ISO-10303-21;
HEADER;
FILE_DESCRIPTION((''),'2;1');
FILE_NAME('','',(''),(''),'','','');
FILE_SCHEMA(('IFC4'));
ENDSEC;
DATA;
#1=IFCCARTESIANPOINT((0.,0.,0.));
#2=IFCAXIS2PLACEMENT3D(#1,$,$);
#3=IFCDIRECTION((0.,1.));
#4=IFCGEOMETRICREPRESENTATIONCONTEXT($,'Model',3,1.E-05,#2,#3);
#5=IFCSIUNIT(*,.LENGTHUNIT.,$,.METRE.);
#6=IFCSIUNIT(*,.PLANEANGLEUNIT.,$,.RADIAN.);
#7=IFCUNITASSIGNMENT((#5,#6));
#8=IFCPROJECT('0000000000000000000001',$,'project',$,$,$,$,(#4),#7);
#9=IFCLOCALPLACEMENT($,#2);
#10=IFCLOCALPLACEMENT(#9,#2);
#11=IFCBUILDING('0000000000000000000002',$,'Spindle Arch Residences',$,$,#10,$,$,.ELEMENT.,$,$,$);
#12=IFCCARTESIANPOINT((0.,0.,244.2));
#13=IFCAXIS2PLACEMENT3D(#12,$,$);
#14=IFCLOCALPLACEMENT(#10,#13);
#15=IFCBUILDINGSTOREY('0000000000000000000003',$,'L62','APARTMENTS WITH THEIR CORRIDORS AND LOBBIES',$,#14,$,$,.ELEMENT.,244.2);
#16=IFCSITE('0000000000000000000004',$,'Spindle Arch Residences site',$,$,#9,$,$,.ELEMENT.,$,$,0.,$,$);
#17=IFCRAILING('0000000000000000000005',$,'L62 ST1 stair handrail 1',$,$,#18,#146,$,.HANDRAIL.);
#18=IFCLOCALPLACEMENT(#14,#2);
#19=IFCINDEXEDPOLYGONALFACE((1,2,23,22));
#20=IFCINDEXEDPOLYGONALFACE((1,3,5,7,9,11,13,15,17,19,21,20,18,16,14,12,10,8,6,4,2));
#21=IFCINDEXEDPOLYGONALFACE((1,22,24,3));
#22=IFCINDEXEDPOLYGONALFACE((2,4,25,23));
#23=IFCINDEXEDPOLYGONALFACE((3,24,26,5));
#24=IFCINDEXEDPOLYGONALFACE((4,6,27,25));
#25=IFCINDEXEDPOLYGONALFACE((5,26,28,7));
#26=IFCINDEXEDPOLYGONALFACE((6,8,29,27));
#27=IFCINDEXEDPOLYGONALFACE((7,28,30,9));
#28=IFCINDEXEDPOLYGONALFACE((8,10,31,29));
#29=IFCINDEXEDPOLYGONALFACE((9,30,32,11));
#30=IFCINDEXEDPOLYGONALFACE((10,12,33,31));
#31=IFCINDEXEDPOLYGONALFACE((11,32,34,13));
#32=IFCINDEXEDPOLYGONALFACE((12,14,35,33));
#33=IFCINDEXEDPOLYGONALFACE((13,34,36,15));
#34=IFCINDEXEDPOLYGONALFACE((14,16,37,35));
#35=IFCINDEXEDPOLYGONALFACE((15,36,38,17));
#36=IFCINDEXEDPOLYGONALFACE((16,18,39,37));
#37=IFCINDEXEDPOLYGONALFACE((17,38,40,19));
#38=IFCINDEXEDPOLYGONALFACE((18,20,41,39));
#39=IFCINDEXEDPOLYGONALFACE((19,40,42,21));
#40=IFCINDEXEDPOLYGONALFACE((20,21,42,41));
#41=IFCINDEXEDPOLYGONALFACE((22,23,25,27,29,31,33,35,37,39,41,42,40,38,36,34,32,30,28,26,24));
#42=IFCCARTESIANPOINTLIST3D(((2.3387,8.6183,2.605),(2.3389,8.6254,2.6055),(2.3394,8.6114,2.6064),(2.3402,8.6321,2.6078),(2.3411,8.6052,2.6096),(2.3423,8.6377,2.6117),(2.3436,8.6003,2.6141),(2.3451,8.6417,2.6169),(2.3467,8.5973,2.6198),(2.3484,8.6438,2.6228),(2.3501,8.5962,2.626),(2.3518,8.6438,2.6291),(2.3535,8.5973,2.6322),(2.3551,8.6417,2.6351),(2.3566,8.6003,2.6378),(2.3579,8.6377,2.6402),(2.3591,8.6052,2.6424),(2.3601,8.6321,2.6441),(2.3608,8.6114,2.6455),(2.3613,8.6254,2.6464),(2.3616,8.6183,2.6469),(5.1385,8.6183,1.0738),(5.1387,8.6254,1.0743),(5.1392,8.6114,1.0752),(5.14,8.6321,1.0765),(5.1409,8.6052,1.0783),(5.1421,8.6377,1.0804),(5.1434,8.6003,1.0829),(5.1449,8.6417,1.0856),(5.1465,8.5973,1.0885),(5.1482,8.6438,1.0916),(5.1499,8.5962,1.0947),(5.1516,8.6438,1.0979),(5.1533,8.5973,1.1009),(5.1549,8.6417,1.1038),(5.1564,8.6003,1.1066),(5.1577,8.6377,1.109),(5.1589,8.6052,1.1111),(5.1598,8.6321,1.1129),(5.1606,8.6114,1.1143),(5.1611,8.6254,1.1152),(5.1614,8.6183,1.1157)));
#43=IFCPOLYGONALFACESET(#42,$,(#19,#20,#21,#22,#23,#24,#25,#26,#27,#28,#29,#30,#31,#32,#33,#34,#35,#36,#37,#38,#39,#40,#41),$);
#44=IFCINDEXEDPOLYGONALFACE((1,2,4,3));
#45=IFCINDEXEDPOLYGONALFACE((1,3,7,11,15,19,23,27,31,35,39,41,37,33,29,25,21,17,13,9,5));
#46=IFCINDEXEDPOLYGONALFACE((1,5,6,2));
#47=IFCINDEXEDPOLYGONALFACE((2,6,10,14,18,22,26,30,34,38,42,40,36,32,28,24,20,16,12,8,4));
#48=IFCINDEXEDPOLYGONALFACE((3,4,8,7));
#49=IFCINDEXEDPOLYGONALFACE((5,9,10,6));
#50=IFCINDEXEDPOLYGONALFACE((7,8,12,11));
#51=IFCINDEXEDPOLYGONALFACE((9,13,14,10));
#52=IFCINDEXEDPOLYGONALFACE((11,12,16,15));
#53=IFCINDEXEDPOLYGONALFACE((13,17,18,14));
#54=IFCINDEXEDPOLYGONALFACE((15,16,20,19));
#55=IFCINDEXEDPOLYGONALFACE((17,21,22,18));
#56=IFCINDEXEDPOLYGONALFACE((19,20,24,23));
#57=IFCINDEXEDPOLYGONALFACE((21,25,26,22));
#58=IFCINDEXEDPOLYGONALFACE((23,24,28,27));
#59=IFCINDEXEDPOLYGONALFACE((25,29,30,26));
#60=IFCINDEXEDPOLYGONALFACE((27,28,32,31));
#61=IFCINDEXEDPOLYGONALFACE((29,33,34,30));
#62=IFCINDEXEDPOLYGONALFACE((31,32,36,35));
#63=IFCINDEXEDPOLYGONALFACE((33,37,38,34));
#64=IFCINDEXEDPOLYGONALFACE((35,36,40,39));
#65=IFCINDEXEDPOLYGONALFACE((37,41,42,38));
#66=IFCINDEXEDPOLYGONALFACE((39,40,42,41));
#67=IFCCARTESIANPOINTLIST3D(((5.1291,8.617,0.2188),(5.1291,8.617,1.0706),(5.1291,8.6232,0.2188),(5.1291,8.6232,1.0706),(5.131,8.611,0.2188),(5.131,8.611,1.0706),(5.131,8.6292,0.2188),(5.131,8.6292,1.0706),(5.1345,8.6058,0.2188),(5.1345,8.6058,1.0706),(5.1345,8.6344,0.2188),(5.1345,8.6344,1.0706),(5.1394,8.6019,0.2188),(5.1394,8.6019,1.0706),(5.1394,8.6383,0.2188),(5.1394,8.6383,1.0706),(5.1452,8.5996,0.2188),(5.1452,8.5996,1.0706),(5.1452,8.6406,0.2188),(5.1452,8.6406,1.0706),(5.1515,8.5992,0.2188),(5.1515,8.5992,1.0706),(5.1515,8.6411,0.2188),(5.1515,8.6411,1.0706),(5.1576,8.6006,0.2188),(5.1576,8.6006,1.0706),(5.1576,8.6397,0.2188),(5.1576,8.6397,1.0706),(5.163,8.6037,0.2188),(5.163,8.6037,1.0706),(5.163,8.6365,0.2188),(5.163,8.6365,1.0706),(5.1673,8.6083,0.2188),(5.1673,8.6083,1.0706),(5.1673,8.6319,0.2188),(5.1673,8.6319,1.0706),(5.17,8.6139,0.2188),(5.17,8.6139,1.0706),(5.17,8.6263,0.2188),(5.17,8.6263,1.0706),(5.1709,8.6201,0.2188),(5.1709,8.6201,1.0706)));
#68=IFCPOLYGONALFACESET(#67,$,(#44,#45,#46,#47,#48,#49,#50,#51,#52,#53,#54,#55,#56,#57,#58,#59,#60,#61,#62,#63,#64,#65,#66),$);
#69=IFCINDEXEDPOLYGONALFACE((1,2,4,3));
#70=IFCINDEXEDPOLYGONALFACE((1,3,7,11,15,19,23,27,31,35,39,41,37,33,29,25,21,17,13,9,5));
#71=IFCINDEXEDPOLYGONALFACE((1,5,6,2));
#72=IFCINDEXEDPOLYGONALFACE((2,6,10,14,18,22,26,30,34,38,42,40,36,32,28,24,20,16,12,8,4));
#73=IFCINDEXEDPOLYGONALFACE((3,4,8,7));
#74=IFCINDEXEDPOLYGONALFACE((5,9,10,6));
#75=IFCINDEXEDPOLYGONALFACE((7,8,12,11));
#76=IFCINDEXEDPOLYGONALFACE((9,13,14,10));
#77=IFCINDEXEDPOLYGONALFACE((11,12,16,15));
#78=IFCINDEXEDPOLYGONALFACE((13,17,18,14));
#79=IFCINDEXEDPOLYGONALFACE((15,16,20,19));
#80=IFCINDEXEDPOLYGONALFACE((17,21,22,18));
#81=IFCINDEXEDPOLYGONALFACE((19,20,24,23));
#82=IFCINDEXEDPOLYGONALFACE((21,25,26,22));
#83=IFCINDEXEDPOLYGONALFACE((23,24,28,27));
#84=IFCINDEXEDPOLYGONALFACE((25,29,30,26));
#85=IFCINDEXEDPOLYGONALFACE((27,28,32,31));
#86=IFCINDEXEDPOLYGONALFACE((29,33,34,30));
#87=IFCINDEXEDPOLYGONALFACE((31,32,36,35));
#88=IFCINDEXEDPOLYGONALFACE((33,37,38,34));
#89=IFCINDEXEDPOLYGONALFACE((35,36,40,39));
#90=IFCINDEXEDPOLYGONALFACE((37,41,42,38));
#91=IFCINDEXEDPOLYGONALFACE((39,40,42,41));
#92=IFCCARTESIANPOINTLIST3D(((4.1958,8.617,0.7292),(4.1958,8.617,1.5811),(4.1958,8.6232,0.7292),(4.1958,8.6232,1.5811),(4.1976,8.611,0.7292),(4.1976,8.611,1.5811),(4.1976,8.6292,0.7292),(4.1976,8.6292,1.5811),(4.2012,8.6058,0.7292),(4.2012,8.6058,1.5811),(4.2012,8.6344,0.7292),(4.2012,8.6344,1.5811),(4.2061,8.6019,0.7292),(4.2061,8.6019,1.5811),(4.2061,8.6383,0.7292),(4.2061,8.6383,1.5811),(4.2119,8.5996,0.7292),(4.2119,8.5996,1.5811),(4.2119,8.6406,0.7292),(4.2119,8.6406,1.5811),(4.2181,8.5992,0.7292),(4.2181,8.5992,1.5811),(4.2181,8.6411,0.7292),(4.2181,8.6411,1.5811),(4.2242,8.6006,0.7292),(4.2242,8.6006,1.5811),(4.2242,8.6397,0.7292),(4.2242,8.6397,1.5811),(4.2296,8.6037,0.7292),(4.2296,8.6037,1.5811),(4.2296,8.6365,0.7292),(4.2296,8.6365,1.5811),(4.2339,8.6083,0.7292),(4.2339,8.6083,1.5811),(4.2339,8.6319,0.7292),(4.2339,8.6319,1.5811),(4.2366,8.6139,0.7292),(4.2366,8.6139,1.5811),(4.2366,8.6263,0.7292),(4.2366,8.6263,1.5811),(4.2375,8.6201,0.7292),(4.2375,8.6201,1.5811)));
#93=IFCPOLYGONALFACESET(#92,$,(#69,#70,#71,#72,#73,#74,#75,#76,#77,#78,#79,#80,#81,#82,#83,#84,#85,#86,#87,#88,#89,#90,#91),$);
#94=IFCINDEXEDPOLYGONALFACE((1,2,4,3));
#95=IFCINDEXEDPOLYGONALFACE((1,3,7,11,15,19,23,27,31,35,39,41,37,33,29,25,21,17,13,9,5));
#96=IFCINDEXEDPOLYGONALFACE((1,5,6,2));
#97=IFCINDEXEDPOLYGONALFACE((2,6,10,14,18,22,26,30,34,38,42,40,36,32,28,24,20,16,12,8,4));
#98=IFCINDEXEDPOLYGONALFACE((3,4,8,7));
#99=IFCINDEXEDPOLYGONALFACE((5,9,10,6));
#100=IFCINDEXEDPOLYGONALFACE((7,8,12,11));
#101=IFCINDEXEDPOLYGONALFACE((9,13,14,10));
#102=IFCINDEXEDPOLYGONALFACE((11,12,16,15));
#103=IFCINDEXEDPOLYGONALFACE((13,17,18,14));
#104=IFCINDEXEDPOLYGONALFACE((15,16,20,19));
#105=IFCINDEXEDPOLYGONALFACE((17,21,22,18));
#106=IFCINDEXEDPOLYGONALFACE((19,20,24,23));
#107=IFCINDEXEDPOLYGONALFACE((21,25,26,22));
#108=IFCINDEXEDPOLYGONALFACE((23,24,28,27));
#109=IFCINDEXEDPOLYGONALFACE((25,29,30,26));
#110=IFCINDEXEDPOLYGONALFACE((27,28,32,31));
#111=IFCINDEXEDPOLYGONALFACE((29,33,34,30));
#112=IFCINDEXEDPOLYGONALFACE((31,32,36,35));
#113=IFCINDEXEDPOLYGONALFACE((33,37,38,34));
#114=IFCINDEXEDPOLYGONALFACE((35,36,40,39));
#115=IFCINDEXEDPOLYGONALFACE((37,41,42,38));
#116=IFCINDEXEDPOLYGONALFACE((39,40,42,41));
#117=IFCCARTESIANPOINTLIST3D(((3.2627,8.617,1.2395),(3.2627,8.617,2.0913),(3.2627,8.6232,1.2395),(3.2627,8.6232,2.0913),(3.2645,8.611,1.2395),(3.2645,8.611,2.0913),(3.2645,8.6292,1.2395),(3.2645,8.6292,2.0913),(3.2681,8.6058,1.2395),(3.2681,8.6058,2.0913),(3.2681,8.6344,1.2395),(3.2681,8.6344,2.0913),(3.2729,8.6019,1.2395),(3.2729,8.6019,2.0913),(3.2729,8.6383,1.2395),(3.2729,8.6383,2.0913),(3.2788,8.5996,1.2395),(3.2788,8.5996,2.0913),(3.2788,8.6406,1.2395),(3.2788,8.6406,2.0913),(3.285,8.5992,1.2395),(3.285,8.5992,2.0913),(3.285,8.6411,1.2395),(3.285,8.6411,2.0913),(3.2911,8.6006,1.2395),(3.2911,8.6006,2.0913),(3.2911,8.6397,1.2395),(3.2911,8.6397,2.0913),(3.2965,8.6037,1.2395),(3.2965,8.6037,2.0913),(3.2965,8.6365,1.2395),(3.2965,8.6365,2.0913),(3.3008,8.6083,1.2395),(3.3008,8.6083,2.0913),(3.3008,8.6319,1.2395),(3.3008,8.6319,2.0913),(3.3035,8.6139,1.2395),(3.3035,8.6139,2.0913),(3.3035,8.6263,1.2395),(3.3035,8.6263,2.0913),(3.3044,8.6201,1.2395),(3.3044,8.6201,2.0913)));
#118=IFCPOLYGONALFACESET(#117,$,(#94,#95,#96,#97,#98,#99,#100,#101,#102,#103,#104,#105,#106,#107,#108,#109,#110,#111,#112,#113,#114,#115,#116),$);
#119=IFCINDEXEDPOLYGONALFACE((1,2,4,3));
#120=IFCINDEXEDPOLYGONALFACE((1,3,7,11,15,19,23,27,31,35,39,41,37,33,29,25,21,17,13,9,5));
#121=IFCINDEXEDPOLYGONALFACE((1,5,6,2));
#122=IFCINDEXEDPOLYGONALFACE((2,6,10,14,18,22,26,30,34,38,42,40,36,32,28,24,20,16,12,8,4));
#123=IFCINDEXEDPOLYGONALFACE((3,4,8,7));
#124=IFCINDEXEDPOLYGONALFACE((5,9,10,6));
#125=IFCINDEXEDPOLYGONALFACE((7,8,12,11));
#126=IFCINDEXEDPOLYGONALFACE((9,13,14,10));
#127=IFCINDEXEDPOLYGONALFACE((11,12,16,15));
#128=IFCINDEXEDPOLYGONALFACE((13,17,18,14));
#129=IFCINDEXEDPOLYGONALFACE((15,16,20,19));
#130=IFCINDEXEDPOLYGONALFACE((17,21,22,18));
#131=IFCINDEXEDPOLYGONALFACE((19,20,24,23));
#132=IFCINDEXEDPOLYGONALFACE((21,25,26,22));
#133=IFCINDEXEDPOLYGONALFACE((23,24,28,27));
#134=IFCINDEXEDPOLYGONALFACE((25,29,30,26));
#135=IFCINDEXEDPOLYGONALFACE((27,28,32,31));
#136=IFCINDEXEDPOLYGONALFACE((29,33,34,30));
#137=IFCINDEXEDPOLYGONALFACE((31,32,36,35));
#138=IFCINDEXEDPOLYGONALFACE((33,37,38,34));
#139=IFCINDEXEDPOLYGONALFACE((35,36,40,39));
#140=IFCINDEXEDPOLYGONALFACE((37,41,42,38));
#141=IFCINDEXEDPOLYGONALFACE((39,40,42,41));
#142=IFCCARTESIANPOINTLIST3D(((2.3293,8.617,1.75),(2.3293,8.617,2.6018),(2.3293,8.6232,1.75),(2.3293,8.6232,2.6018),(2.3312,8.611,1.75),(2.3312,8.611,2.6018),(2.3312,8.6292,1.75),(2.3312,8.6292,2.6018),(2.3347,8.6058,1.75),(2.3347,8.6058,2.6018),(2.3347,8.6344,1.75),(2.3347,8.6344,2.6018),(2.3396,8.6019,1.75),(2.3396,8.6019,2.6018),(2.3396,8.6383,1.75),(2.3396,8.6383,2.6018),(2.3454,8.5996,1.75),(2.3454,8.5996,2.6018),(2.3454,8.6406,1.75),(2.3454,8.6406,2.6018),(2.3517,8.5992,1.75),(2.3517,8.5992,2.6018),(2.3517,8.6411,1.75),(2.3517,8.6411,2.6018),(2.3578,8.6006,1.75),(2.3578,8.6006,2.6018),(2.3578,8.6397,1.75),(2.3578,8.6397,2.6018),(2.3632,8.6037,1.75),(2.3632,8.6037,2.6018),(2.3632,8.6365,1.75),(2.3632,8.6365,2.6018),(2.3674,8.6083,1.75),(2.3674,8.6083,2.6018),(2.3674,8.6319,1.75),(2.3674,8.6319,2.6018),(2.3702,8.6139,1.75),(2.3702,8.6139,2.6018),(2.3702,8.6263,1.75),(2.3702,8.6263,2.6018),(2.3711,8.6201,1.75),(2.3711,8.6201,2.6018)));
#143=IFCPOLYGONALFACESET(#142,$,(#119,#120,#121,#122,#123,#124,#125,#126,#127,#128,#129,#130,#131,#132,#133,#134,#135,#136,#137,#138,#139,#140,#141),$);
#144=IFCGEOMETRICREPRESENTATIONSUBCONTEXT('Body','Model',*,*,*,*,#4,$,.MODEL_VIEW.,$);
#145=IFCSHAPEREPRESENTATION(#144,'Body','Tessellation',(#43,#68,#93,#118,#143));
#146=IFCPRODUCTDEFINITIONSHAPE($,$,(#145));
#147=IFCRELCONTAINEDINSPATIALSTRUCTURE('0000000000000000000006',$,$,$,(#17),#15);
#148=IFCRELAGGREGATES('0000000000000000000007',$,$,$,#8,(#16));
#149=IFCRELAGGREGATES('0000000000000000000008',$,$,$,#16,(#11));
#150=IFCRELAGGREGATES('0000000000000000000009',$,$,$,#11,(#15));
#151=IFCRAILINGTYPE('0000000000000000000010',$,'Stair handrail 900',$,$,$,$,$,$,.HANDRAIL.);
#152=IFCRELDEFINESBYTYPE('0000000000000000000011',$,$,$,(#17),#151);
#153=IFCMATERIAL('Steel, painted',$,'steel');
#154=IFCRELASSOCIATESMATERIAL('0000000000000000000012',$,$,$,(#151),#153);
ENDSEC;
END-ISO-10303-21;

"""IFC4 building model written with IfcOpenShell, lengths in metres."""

from ifc_helpers import new_model, si_unit, direction, frame, origin, origin_2d, place, context, subcontext, project, spatial, circle, extrude, material, type_object, element, save


model = new_model("IFC4")

# Units and contexts
model_context = context("Model", 3, precision=1e-05, world=origin(), true_north=direction((0.0, 1.0)))
body_context = subcontext(model_context, "Body", "Model", "MODEL_VIEW")
ifc_project = project(units=[si_unit("LENGTHUNIT", "METRE"), si_unit("PLANEANGLEUNIT", "RADIAN")], contexts=[model_context])

# Site, building, storey
site_placement = place(None, origin())
site = spatial("IfcSite", under=ifc_project, at=site_placement, Name="Spindle Arch Residences site", CompositionType="ELEMENT", RefElevation=0.0)
building_placement = place(site_placement, origin())
building = spatial("IfcBuilding", under=site, at=building_placement, Name="Spindle Arch Residences", CompositionType="ELEMENT")
storey_placement = place(building_placement, frame((0.0, 0.0, 244.2)))
storey = spatial("IfcBuildingStorey", under=building, at=storey_placement, Name="L62", Description="APARTMENTS WITH THEIR CORRIDORS AND LOBBIES", CompositionType="ELEMENT", Elevation=244.2)

# Railing
ifc_material_1 = material(Name="Steel, painted", Category="steel")
railing_type_1 = type_object("IfcRailingType", Name="Stair handrail 900", PredefinedType="HANDRAIL", material=ifc_material_1)
railing_1_placement = place(storey_placement, frame((5.1499, 8.6201, 0.2188)))
element("IfcRailing", 1, at=railing_1_placement, inside=storey, type_object=railing_type_1, Name="L62 ST1 stair handrail 1", PredefinedType="HANDRAIL", context=body_context, shape_type="SweptSolid", body=[
    extrude(circle(Radius=0.0239, at=origin_2d()), frame((0.0, 0.0, 0.876), z_axis=(-0.877357, 0.0, 0.479838), x_axis=(0.0, -1.0, 0.0)), (0.0, 0.0, 1.0), 3.1912),
    extrude(circle(Radius=0.021, at=origin_2d()), origin(), (0.0, 0.0, 1.0), 0.8518),
    extrude(circle(Radius=0.021, at=origin_2d()), frame((-0.9333, 0.0, 0.5105)), (0.0, 0.0, 1.0), 0.8518),
    extrude(circle(Radius=0.021, at=origin_2d()), frame((-1.8665, 0.0, 1.0208)), (0.0, 0.0, 1.0), 0.8518),
    extrude(circle(Radius=0.021, at=origin_2d()), frame((-2.7998, 0.0, 1.5312)), (0.0, 0.0, 1.0), 0.8518),
])

save(model, "model.ifc")
